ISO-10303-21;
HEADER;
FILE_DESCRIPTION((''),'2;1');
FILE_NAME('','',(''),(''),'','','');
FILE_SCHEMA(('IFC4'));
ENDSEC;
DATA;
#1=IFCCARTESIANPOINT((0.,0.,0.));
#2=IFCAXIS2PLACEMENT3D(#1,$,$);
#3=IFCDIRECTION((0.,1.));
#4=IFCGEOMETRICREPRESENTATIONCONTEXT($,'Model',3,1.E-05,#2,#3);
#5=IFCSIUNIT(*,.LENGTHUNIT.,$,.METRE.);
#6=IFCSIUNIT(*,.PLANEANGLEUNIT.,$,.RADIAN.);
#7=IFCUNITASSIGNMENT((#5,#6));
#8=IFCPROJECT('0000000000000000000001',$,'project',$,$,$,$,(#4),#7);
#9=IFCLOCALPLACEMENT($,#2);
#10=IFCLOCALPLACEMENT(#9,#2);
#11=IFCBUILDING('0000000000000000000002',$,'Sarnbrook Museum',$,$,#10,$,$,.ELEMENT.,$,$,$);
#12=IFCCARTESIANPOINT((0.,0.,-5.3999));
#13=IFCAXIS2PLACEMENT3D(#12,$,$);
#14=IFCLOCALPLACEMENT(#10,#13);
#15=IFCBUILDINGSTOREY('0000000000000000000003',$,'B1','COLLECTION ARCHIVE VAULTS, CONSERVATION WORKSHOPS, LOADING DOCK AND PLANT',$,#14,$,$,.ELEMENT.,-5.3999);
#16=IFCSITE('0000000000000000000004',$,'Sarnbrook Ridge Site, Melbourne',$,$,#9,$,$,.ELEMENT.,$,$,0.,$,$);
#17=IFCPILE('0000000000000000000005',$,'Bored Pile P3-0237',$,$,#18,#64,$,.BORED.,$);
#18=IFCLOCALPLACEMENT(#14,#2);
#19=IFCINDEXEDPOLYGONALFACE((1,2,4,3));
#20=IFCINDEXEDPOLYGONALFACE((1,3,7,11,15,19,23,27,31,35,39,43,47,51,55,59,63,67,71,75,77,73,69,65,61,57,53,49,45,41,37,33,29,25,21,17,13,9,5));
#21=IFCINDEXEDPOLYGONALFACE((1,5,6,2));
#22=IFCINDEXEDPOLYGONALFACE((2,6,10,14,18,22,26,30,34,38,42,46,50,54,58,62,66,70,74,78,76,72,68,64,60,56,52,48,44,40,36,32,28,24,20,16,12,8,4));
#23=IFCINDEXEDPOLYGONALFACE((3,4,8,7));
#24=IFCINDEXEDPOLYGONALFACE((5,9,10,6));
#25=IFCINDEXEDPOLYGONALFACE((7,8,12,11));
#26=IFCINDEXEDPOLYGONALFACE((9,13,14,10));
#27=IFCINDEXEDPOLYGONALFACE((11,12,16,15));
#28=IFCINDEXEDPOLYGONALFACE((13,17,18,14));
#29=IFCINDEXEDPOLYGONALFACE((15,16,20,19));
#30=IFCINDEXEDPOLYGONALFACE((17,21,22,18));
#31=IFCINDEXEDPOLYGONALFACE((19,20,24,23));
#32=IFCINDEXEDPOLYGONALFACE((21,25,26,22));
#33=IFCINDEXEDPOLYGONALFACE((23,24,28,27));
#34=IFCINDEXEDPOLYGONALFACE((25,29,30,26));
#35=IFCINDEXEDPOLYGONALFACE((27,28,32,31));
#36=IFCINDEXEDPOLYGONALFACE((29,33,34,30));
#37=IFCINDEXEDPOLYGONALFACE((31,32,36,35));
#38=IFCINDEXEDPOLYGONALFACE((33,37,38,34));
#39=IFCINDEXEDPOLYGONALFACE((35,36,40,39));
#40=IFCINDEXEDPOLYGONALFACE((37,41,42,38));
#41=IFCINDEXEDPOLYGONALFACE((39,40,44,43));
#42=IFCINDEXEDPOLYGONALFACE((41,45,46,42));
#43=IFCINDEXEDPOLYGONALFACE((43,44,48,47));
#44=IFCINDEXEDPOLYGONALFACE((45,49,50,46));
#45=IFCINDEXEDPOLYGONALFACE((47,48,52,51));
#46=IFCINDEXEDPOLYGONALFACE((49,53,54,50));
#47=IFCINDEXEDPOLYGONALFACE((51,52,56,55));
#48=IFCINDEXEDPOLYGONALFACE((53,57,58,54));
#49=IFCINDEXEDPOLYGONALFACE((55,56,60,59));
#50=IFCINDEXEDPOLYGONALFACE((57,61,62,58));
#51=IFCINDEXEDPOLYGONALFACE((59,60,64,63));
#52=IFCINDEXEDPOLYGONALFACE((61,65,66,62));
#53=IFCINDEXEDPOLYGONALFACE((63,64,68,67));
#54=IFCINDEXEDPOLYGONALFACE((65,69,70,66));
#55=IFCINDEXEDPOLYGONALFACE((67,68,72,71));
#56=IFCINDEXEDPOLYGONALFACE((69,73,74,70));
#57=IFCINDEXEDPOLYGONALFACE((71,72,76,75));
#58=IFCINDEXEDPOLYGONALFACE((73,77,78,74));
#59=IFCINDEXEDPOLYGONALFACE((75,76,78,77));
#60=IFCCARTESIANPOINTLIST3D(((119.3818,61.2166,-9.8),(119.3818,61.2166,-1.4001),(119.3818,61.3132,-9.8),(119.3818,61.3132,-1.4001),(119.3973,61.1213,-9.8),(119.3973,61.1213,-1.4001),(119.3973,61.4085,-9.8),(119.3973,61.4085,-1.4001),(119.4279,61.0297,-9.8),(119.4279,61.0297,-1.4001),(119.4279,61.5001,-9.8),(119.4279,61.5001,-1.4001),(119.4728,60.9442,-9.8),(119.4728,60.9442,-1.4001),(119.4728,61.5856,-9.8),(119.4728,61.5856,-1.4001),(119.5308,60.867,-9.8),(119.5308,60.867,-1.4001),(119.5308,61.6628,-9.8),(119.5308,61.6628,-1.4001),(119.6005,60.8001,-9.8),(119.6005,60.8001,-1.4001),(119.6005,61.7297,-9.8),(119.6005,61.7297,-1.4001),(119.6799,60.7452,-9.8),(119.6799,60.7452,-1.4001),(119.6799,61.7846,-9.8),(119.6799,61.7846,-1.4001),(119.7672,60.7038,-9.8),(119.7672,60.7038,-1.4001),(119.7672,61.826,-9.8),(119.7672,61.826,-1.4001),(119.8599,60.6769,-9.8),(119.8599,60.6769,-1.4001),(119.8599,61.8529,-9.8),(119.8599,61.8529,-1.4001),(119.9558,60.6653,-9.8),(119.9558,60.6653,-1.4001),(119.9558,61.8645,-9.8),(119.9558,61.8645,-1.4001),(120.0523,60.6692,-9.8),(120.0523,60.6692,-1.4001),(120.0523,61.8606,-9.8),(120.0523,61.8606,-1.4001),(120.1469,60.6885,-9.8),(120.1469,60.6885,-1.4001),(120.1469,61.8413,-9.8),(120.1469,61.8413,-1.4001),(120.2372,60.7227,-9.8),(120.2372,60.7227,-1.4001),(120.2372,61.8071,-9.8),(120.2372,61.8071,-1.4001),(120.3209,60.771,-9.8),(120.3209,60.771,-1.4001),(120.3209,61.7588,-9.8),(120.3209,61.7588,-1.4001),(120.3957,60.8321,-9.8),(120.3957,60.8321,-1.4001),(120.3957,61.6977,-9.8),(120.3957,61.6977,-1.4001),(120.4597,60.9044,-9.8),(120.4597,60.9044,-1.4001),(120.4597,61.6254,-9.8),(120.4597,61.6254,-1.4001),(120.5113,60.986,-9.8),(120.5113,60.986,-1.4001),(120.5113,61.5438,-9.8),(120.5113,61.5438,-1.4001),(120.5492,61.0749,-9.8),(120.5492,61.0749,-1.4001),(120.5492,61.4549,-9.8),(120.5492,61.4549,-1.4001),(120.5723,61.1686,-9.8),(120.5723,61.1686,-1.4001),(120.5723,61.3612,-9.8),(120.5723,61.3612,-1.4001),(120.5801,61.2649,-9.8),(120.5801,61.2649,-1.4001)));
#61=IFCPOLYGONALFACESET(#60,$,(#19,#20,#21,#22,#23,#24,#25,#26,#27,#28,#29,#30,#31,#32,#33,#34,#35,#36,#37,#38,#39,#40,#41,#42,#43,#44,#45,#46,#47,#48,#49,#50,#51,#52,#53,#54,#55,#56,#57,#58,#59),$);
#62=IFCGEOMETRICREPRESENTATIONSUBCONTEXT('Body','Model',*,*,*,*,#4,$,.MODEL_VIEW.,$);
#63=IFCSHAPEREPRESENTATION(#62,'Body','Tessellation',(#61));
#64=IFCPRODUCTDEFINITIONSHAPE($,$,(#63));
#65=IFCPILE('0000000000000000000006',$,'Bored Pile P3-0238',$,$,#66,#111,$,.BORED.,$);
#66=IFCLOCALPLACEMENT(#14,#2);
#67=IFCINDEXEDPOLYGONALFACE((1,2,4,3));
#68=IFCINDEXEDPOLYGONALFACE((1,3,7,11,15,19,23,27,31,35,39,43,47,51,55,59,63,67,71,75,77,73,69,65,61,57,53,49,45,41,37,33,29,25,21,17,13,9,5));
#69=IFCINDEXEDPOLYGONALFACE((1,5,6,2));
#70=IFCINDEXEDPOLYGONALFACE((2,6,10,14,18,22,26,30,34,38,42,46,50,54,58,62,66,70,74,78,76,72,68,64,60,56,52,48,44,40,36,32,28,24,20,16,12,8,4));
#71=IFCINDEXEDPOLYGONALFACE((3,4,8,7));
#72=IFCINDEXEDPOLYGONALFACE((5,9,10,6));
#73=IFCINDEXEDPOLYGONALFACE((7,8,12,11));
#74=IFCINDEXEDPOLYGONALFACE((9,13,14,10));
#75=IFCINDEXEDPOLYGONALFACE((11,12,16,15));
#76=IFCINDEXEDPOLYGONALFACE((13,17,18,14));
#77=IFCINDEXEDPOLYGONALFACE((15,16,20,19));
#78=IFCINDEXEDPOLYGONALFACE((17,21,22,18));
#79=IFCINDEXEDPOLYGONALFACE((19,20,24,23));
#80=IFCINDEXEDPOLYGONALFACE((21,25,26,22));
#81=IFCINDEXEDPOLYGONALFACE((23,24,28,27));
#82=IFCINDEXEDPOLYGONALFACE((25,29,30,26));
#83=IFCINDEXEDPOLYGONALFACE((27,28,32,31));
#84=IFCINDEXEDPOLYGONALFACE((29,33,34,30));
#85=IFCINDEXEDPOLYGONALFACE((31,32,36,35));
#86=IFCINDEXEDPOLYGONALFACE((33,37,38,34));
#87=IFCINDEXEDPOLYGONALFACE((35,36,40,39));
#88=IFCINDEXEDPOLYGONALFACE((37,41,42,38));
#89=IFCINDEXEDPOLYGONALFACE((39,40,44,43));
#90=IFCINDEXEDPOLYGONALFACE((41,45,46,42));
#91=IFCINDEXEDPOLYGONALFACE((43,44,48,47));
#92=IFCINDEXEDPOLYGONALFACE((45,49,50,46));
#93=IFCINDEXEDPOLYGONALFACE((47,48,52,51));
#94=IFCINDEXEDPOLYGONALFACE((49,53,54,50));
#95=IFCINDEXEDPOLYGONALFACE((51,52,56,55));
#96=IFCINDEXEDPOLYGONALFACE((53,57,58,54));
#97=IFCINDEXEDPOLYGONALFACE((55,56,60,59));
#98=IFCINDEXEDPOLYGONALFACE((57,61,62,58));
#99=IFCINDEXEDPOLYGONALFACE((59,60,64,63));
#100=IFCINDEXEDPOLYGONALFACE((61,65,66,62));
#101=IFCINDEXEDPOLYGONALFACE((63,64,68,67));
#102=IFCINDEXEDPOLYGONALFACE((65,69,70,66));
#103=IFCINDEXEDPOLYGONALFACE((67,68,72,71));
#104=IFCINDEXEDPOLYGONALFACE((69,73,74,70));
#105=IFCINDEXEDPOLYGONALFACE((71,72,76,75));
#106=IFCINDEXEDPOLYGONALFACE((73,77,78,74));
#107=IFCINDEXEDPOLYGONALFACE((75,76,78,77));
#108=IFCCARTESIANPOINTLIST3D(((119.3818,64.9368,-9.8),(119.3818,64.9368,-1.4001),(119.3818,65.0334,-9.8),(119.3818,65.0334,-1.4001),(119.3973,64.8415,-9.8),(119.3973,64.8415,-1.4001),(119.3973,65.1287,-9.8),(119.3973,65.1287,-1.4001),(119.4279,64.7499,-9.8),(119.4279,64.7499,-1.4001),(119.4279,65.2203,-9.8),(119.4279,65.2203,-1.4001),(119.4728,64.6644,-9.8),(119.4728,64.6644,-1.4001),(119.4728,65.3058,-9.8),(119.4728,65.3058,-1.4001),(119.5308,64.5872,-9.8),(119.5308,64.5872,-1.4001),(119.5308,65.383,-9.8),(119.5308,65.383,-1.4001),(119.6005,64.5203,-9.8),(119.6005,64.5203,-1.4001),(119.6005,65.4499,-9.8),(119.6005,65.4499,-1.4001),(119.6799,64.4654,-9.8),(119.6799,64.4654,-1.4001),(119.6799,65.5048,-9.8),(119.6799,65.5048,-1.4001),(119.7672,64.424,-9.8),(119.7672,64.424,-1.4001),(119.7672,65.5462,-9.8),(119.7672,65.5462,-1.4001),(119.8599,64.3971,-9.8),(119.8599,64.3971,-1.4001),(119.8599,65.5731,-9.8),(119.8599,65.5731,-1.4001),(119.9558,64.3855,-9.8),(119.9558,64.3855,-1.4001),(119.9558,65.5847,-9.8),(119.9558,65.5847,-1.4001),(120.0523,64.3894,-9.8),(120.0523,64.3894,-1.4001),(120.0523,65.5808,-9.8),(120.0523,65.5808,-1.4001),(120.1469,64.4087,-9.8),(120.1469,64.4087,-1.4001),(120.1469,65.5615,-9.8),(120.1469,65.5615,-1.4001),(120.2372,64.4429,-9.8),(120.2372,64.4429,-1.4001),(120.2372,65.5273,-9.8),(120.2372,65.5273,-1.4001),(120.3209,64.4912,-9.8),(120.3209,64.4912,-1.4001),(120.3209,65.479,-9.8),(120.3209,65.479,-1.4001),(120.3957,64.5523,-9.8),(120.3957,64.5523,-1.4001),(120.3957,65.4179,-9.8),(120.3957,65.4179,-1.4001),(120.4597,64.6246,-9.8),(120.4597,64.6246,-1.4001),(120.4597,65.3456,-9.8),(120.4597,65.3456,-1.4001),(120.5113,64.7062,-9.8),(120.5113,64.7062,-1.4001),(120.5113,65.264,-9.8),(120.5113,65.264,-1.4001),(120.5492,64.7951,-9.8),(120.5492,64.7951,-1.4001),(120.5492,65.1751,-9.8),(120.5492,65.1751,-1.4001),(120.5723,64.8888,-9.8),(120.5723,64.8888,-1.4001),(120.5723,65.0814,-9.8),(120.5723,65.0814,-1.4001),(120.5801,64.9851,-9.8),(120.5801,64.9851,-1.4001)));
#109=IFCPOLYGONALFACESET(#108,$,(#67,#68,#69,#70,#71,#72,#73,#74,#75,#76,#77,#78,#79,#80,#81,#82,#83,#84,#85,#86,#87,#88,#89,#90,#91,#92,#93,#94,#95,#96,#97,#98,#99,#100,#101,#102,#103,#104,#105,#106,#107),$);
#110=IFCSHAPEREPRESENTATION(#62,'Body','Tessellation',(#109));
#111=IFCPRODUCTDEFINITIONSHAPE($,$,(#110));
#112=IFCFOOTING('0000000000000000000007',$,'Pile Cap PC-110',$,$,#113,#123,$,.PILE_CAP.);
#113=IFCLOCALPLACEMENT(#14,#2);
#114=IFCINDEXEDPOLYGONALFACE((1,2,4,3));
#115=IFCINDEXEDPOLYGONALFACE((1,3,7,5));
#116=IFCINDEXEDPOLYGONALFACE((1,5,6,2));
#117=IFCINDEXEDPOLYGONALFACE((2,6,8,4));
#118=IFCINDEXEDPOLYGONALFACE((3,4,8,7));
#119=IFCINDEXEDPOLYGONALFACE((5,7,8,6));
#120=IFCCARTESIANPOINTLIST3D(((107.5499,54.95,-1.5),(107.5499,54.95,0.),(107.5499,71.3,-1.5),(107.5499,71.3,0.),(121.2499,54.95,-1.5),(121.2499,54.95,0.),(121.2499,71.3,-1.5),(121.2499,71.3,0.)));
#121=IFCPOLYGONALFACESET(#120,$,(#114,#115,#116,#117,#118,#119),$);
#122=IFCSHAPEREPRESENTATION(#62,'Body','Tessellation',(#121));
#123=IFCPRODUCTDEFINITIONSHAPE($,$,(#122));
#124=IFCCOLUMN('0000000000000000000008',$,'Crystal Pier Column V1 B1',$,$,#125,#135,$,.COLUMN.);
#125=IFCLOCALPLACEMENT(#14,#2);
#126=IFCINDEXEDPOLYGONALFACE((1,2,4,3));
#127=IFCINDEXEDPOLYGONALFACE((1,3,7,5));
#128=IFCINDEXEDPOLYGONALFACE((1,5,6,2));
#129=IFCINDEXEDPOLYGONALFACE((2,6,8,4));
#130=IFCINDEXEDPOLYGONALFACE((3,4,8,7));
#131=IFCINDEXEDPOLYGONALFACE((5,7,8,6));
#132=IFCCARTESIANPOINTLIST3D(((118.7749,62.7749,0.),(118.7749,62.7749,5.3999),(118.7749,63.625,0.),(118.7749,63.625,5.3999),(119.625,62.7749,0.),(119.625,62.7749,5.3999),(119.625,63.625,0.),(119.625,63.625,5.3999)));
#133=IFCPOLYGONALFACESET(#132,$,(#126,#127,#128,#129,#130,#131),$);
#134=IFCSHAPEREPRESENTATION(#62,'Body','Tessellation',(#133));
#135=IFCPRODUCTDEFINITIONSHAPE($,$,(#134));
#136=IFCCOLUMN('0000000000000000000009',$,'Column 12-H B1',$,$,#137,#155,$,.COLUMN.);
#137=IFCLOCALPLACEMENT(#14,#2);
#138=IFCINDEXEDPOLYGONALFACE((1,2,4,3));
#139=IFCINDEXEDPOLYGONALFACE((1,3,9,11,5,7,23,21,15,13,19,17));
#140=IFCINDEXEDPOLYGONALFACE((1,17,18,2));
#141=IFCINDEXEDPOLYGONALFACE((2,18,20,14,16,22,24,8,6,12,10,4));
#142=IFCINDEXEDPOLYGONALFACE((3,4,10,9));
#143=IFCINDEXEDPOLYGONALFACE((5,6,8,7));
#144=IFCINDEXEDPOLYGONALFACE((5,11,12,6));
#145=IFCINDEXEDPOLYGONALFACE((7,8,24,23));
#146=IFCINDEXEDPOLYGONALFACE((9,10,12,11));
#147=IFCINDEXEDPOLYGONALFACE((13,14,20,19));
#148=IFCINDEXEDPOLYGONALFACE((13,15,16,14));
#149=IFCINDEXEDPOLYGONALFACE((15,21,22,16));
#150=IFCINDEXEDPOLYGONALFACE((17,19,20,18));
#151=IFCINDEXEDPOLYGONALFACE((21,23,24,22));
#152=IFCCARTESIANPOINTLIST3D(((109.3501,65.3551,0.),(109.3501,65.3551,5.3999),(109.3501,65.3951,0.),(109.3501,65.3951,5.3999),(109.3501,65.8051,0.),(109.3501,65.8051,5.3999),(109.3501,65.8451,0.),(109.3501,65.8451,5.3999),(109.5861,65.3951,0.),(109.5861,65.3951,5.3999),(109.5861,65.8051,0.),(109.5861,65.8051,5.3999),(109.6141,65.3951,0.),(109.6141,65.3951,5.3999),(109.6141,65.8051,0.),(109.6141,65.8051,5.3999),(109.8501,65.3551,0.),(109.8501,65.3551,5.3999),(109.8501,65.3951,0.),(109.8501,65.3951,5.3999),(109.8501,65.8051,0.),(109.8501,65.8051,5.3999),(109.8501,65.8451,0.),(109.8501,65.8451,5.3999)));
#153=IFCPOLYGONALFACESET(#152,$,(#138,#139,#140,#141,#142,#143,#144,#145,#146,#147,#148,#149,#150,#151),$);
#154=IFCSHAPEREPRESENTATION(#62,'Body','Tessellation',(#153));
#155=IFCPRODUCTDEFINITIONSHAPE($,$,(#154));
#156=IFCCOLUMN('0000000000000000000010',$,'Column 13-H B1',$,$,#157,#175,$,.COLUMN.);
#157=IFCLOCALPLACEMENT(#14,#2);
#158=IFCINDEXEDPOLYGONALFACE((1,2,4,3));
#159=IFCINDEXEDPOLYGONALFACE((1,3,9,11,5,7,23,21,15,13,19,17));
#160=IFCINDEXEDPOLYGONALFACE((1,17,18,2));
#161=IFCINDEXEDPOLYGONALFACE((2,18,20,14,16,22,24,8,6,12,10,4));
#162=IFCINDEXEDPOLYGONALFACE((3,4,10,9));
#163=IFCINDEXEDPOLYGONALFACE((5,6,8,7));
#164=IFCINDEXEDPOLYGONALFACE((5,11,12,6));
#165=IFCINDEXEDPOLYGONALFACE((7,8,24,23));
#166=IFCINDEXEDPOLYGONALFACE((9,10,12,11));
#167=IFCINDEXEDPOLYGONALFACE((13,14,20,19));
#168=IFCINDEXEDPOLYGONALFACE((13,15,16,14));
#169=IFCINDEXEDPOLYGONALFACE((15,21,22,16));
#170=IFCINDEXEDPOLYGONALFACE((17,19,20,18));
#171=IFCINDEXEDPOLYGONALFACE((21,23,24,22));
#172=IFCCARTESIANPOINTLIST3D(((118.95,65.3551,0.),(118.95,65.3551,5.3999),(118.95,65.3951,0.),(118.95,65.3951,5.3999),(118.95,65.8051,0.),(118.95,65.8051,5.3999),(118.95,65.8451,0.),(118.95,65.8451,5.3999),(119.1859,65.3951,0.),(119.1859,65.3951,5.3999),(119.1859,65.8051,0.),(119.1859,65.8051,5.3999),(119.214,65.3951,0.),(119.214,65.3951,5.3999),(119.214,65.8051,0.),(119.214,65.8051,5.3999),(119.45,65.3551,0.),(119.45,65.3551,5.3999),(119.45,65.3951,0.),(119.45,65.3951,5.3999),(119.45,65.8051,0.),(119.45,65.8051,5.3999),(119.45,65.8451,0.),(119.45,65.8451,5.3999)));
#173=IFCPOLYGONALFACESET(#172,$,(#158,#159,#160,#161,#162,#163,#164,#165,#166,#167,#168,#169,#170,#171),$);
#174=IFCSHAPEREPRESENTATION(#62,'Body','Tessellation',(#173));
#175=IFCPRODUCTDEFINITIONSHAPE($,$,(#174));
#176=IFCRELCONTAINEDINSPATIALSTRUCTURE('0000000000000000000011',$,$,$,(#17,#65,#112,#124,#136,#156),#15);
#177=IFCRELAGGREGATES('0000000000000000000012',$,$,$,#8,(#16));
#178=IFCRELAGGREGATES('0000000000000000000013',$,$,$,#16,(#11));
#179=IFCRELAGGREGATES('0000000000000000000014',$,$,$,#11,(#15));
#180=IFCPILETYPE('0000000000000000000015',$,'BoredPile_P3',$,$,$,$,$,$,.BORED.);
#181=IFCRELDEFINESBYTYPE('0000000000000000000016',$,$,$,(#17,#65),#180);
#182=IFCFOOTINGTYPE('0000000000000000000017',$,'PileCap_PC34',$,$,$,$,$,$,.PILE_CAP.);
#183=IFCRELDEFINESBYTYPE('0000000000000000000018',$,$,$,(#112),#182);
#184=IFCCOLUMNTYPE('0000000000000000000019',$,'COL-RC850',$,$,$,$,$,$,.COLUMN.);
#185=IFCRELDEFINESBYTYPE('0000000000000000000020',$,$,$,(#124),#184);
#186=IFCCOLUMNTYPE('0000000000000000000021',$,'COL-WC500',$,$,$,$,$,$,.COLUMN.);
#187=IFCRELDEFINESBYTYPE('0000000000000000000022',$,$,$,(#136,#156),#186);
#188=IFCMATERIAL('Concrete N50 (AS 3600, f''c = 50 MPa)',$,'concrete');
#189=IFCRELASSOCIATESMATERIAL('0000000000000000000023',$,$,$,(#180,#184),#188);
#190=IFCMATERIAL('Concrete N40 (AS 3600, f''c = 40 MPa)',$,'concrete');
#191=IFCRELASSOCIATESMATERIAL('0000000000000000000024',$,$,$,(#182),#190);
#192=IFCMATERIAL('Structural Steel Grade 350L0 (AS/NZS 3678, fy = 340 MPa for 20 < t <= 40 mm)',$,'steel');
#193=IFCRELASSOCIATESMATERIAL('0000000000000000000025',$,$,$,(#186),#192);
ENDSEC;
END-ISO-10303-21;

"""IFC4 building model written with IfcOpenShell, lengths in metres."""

from ifc_helpers import new_model, si_unit, direction, frame, origin, origin_2d, place, context, subcontext, project, spatial, rectangle, circle, i_section, extrude, material, material_profile, profile_set, type_object, element, save


model = new_model("IFC4")

# Units and contexts
model_context = context("Model", 3, precision=1e-05, world=origin(), true_north=direction((0.0, 1.0)))
body_context = subcontext(model_context, "Body", "Model", "MODEL_VIEW")
ifc_project = project(units=[si_unit("LENGTHUNIT", "METRE"), si_unit("PLANEANGLEUNIT", "RADIAN")], contexts=[model_context])

# Site, building, storey
site_placement = place(None, origin())
site = spatial("IfcSite", under=ifc_project, at=site_placement, Name="Sarnbrook Ridge Site, Melbourne", CompositionType="ELEMENT", RefElevation=0.0)
building_placement = place(site_placement, origin())
building = spatial("IfcBuilding", under=site, at=building_placement, Name="Sarnbrook Museum", CompositionType="ELEMENT")
storey_placement = place(building_placement, frame((0.0, 0.0, -5.3999)))
storey = spatial("IfcBuildingStorey", under=building, at=storey_placement, Name="B1", Description="COLLECTION ARCHIVE VAULTS, CONSERVATION WORKSHOPS, LOADING DOCK AND PLANT", CompositionType="ELEMENT", Elevation=-5.3999)

# Piles
ifc_material_1 = material(Name="Concrete N50 (AS 3600, f'c = 50 MPa)", Category="concrete")
ifc_material_profile_1 = material_profile(ifc_material_1, circle(Radius=0.6001, at=origin_2d()), Name="BORED PILE D1200")
ifc_profile_set_1 = profile_set([ifc_material_profile_1], Name="Concrete N50 (AS 3600, f'c = 50 MPa)")
pile_type = type_object("IfcPileType", Name="BoredPile_P3", PredefinedType="BORED", material=ifc_profile_set_1)
for number, where, z_axis, x_axis, name in (
    (1, (119.98, 61.2649, -1.4001), (0.0, 0.0, -1.0), (1.0, 0.0, 0.0), "Bored Pile P3-0237"),
    (2, (119.98, 64.9851, -1.4001), (0.0, 0.0, -1.0), (1.0, 0.0, 0.0), "Bored Pile P3-0238"),
):
    element("IfcPile", number, at=place(storey_placement, frame(where, z_axis=z_axis, x_axis=x_axis)), inside=storey, type_object=pile_type, Name=name, PredefinedType="BORED", context=body_context, shape_type="SweptSolid", body=[
        extrude(circle(Radius=0.6001, at=origin_2d()), origin(), (0.0, 0.0, 1.0), 8.3999),
    ])

# Footing
ifc_material_2 = material(Name="Concrete N40 (AS 3600, f'c = 40 MPa)", Category="concrete")
footing_type = type_object("IfcFootingType", Name="PileCap_PC34", PredefinedType="PILE_CAP", material=ifc_material_2)
footing_placement = place(storey_placement, frame((114.3999, 63.125, -1.5), z_axis=(0.0, 0.0, 1.0), x_axis=(1.0, 0.0, 0.0)))
element("IfcFooting", 3, at=footing_placement, inside=storey, type_object=footing_type, Name="Pile Cap PC-110", PredefinedType="PILE_CAP", context=body_context, shape_type="SweptSolid", body=[
    extrude(rectangle(XDim=13.7, YDim=16.3501, at=origin_2d()), origin(), (0.0, 0.0, 1.0), 1.5),
])

# Columns
ifc_material_profile_2 = material_profile(ifc_material_1, rectangle(XDim=0.8501, YDim=0.8501, at=origin_2d()), Name="RC 850x850")
ifc_profile_set_2 = profile_set([ifc_material_profile_2], Name="Concrete N50 (AS 3600, f'c = 50 MPa)")
column_type_1 = type_object("IfcColumnType", Name="COL-RC850", PredefinedType="COLUMN", material=ifc_profile_set_2)
column_placement = place(storey_placement, frame((119.2, 63.2, 0.0), z_axis=(0.0, 0.0, 1.0), x_axis=(1.0, 0.0, 0.0)))
element("IfcColumn", 4, at=column_placement, inside=storey, type_object=column_type_1, Name="Crystal Pier Column V1 B1", PredefinedType="COLUMN", context=body_context, shape_type="SweptSolid", body=[
    extrude(rectangle(XDim=0.8501, YDim=0.8501, at=origin_2d()), origin(), (0.0, 0.0, 1.0), 5.3999),
])
ifc_material_3 = material(Name="Structural Steel Grade 350L0 (AS/NZS 3678, fy = 340 MPa for 20 < t <= 40 mm)", Category="steel")
ifc_material_profile_3 = material_profile(ifc_material_3, i_section(OverallWidth=0.5, OverallDepth=0.49, WebThickness=0.0281, FlangeThickness=0.04, at=origin_2d()), Name="500WC340")
ifc_profile_set_3 = profile_set([ifc_material_profile_3], Name="Structural Steel Grade 350L0 (AS/NZS 3678, fy = 340 MPa for 20 < t <= 40 mm)")
column_type_2 = type_object("IfcColumnType", Name="COL-WC500", PredefinedType="COLUMN", material=ifc_profile_set_3)
for number, where, z_axis, x_axis, name in (
    (5, (109.6001, 65.6001, 0.0), (0.0, 0.0, 1.0), (1.0, 0.0, 0.0), "Column 12-H B1"),
    (6, (119.2, 65.6001, 0.0), (0.0, 0.0, 1.0), (1.0, 0.0, 0.0), "Column 13-H B1"),
):
    element("IfcColumn", number, at=place(storey_placement, frame(where, z_axis=z_axis, x_axis=x_axis)), inside=storey, type_object=column_type_2, Name=name, PredefinedType="COLUMN", context=body_context, shape_type="SweptSolid", body=[
        extrude(i_section(OverallWidth=0.5, OverallDepth=0.49, WebThickness=0.0281, FlangeThickness=0.04, at=origin_2d()), origin(), (0.0, 0.0, 1.0), 5.3999),
    ])

save(model, "model.ifc")
